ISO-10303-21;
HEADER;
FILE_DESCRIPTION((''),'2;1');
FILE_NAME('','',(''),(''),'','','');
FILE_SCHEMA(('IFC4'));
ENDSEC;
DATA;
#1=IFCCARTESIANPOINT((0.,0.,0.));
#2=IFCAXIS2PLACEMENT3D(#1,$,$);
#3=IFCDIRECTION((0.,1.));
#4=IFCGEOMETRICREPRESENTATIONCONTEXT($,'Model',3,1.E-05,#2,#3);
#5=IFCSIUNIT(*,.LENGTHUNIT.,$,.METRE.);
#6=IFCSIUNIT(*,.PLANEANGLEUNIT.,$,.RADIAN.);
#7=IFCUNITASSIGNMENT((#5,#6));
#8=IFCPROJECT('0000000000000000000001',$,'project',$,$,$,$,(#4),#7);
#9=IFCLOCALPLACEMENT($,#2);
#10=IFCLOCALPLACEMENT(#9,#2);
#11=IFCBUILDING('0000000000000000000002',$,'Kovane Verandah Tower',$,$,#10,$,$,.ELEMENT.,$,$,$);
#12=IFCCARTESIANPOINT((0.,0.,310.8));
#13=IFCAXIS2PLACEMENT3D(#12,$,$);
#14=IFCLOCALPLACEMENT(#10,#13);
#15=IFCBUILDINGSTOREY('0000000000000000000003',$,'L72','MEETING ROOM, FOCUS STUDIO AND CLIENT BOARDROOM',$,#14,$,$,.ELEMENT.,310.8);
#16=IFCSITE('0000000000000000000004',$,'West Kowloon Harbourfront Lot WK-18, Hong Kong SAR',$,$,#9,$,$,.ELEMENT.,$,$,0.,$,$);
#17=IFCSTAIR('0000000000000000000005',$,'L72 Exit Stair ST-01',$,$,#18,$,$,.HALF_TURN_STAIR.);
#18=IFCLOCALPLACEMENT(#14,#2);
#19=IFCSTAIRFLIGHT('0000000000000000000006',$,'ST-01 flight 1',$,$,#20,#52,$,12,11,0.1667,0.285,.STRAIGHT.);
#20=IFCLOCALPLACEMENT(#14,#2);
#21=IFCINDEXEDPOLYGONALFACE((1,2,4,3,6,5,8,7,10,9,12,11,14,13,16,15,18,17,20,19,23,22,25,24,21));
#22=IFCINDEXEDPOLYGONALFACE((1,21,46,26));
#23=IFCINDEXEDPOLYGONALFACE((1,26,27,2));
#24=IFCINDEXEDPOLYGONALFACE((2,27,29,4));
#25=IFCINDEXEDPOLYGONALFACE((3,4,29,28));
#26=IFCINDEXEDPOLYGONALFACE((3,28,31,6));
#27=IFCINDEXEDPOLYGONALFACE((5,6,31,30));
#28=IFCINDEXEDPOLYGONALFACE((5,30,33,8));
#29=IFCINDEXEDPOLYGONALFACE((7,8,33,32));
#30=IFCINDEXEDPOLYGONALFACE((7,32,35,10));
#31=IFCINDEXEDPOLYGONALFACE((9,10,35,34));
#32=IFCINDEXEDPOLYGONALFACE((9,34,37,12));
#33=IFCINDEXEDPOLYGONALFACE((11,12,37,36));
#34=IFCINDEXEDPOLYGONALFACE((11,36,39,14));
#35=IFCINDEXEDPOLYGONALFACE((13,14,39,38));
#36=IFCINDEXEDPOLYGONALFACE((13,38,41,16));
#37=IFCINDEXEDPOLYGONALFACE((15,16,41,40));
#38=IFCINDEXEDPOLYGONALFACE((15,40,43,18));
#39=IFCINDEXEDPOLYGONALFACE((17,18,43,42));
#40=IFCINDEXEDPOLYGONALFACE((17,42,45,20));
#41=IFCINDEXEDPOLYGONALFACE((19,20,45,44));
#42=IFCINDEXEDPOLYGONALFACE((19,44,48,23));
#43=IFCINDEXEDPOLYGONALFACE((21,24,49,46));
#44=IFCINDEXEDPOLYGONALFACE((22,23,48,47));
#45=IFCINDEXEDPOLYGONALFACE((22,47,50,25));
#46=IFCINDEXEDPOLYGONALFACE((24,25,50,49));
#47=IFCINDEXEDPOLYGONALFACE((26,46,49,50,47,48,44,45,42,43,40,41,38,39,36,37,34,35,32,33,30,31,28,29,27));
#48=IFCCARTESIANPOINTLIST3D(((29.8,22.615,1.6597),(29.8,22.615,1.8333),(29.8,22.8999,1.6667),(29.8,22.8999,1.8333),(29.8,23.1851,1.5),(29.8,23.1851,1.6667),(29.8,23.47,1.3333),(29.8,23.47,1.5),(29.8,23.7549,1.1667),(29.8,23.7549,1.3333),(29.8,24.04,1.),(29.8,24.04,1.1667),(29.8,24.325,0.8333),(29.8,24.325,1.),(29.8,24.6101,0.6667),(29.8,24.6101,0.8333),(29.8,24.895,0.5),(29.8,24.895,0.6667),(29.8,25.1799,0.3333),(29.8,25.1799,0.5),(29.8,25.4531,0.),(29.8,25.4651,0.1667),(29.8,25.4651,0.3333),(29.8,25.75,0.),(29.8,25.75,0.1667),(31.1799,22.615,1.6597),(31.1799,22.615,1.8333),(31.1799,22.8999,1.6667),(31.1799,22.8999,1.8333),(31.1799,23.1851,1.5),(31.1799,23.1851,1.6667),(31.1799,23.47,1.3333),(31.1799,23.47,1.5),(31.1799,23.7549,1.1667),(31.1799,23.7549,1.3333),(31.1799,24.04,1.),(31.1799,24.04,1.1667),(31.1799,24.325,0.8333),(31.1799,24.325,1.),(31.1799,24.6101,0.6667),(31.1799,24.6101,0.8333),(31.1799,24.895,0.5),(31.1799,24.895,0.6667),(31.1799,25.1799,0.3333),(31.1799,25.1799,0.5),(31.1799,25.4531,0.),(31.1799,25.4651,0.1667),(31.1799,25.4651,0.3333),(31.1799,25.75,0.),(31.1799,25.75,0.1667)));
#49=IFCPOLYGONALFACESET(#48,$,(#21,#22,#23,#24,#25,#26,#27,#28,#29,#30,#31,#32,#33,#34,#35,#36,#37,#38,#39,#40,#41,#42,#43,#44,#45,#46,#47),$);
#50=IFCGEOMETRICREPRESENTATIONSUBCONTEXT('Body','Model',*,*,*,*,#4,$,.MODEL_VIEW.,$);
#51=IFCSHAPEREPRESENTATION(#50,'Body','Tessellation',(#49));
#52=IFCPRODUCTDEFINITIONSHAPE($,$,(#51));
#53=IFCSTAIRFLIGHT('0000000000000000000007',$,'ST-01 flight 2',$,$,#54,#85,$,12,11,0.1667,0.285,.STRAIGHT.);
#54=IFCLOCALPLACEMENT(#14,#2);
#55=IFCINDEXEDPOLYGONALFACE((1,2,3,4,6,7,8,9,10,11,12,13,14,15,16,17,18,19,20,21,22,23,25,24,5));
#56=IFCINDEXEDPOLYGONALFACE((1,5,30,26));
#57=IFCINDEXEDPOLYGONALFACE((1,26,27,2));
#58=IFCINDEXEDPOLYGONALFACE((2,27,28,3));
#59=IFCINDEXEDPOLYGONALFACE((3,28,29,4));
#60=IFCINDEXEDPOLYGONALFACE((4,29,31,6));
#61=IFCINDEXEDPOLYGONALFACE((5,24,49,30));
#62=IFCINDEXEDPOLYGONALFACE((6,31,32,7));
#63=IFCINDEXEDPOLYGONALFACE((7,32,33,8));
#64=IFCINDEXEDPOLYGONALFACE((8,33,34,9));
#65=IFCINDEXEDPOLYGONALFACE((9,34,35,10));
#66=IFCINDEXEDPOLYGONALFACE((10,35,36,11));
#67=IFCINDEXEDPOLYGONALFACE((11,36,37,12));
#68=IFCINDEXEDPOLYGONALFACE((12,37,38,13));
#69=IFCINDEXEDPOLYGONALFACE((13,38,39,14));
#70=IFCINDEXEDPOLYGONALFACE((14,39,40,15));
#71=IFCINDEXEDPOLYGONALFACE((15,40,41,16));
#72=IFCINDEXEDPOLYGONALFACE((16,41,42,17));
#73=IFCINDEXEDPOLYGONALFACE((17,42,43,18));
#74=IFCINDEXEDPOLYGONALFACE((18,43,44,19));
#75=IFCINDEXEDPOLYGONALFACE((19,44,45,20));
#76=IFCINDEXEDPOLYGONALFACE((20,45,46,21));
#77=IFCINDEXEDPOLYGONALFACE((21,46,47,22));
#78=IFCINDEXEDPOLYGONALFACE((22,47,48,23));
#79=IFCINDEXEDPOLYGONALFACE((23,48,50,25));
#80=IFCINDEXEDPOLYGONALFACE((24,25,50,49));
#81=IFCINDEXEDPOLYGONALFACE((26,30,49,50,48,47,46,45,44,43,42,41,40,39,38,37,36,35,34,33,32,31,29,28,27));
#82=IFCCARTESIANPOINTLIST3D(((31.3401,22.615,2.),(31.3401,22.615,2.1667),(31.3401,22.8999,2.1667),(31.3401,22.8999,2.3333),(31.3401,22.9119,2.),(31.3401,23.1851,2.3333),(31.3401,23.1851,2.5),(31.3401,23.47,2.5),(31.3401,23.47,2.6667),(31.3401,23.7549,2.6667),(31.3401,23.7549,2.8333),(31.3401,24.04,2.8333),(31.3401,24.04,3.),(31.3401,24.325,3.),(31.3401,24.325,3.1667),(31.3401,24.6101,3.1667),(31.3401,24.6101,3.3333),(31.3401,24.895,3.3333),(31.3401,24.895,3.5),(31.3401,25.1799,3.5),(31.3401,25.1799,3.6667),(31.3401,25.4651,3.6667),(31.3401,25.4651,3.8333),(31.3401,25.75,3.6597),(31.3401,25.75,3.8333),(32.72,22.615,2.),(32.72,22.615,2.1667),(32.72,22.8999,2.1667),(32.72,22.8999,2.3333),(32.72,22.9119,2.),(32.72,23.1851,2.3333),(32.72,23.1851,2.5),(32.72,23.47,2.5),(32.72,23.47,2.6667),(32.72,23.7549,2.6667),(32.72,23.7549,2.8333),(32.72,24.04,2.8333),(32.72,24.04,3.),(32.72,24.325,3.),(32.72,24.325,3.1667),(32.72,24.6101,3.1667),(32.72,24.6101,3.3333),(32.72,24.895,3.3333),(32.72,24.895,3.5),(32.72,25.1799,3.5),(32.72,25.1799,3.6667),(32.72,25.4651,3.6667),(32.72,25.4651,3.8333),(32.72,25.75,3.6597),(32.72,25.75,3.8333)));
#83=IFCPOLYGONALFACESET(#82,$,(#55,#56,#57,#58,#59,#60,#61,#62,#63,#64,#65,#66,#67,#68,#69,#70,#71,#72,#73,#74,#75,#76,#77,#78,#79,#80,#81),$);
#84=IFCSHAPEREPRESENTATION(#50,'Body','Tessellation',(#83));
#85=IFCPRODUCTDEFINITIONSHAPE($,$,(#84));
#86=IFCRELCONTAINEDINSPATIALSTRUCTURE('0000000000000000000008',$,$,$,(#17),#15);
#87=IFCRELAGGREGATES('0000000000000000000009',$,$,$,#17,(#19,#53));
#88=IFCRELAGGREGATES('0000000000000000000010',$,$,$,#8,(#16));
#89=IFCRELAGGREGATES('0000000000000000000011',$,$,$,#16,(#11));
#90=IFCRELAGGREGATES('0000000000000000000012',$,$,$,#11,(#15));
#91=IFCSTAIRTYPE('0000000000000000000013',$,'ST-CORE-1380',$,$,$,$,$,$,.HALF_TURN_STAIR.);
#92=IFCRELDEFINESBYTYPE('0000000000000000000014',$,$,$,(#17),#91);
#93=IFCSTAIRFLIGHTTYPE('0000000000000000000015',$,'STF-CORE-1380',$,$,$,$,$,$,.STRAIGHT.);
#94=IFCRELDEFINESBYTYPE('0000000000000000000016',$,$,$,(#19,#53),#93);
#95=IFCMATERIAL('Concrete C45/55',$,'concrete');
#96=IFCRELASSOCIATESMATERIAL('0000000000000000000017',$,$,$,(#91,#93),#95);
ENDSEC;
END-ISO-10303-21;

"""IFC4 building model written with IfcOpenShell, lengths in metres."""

from ifc_helpers import new_model, si_unit, direction, frame, origin, place, context, subcontext, project, spatial, polyline, outline, extrude, material, type_object, element, aggregate, save


model = new_model("IFC4")

# Units and contexts
model_context = context("Model", 3, precision=1e-05, world=origin(), true_north=direction((0.0, 1.0)))
body_context = subcontext(model_context, "Body", "Model", "MODEL_VIEW")
ifc_project = project(units=[si_unit("LENGTHUNIT", "METRE"), si_unit("PLANEANGLEUNIT", "RADIAN")], contexts=[model_context])

# Site, building, storey
site_placement = place(None, origin())
site = spatial("IfcSite", under=ifc_project, at=site_placement, Name="West Kowloon Harbourfront Lot WK-18, Hong Kong SAR", CompositionType="ELEMENT", RefElevation=0.0)
building_placement = place(site_placement, origin())
building = spatial("IfcBuilding", under=site, at=building_placement, Name="Kovane Verandah Tower", CompositionType="ELEMENT")
storey_placement = place(building_placement, frame((0.0, 0.0, 310.8)))
storey = spatial("IfcBuildingStorey", under=building, at=storey_placement, Name="L72", Description="MEETING ROOM, FOCUS STUDIO AND CLIENT BOARDROOM", CompositionType="ELEMENT", Elevation=310.8)

# Shared definitions
ifc_material_1 = material(Name="Concrete C45/55", Category="concrete")

# Stair, stair flights
stair_type = type_object("IfcStairType", Name="ST-CORE-1380", PredefinedType="HALF_TURN_STAIR", material=ifc_material_1)
stair_placement = place(storey_placement, origin())
stair = element("IfcStair", 1, at=stair_placement, inside=storey, type_object=stair_type, Name="L72 Exit Stair ST-01", PredefinedType="HALF_TURN_STAIR")
stair_flight_type = type_object("IfcStairFlightType", Name="STF-CORE-1380", PredefinedType="STRAIGHT", material=ifc_material_1)
stair_flight_1_placement = place(storey_placement, frame((30.49, 25.75, 0.0), z_axis=(0.0, 0.0, 1.0), x_axis=(0.0, -1.0, 0.0)))
stair_flight_1 = element("IfcStairFlight", 2, at=stair_flight_1_placement, type_object=stair_flight_type, Name="ST-01 flight 1", NumberOfRisers=12, NumberOfTreads=11, PredefinedType="STRAIGHT", RiserHeight=0.1667, TreadLength=0.285, context=body_context, shape_type="SweptSolid", body=[
    extrude(outline(polyline([(0.0, 0.0), (0.0, 0.1667), (0.2849, 0.1667), (0.2849, 0.3333), (0.5701, 0.3333), (0.5701, 0.5), (0.855, 0.5), (0.855, 0.6667), (1.1399, 0.6667), (1.1399, 0.8333), (1.425, 0.8333), (1.425, 1.0), (1.71, 1.0), (1.71, 1.1667), (1.9951, 1.1667), (1.9951, 1.3333), (2.28, 1.3333), (2.28, 1.5), (2.5649, 1.5), (2.5649, 1.6667), (2.8501, 1.6667), (2.8501, 1.8333), (3.135, 1.8333), (3.135, 2.0), (3.135, 1.6597), (0.2969, 0.0), (0.0, 0.0)])), frame((0.0, 0.6899, 0.0), z_axis=(0.0, -1.0, 0.0), x_axis=(1.0, 0.0, 0.0)), (0.0, 0.0, 1.0), 1.3799),
])
stair_flight_2_placement = place(storey_placement, frame((32.03, 22.615, 2.0), z_axis=(0.0, 0.0, 1.0), x_axis=(0.0, 1.0, 0.0)))
stair_flight_2 = element("IfcStairFlight", 3, at=stair_flight_2_placement, type_object=stair_flight_type, Name="ST-01 flight 2", NumberOfRisers=12, NumberOfTreads=11, PredefinedType="STRAIGHT", RiserHeight=0.1667, TreadLength=0.285, context=body_context, shape_type="SweptSolid", body=[
    extrude(outline(polyline([(0.0, 0.0), (0.0, 0.1667), (0.2849, 0.1667), (0.2849, 0.3333), (0.5701, 0.3333), (0.5701, 0.5), (0.855, 0.5), (0.855, 0.6667), (1.1399, 0.6667), (1.1399, 0.8333), (1.425, 0.8333), (1.425, 1.0), (1.71, 1.0), (1.71, 1.1667), (1.9951, 1.1667), (1.9951, 1.3333), (2.28, 1.3333), (2.28, 1.5), (2.5649, 1.5), (2.5649, 1.6667), (2.8501, 1.6667), (2.8501, 1.8333), (3.135, 1.8333), (3.135, 2.0), (3.135, 1.6597), (0.2969, 0.0), (0.0, 0.0)])), frame((0.0, 0.6899, 0.0), z_axis=(0.0, -1.0, 0.0), x_axis=(1.0, 0.0, 0.0)), (0.0, 0.0, 1.0), 1.3799),
])
aggregate(stair, [stair_flight_1, stair_flight_2])

save(model, "model.ifc")
